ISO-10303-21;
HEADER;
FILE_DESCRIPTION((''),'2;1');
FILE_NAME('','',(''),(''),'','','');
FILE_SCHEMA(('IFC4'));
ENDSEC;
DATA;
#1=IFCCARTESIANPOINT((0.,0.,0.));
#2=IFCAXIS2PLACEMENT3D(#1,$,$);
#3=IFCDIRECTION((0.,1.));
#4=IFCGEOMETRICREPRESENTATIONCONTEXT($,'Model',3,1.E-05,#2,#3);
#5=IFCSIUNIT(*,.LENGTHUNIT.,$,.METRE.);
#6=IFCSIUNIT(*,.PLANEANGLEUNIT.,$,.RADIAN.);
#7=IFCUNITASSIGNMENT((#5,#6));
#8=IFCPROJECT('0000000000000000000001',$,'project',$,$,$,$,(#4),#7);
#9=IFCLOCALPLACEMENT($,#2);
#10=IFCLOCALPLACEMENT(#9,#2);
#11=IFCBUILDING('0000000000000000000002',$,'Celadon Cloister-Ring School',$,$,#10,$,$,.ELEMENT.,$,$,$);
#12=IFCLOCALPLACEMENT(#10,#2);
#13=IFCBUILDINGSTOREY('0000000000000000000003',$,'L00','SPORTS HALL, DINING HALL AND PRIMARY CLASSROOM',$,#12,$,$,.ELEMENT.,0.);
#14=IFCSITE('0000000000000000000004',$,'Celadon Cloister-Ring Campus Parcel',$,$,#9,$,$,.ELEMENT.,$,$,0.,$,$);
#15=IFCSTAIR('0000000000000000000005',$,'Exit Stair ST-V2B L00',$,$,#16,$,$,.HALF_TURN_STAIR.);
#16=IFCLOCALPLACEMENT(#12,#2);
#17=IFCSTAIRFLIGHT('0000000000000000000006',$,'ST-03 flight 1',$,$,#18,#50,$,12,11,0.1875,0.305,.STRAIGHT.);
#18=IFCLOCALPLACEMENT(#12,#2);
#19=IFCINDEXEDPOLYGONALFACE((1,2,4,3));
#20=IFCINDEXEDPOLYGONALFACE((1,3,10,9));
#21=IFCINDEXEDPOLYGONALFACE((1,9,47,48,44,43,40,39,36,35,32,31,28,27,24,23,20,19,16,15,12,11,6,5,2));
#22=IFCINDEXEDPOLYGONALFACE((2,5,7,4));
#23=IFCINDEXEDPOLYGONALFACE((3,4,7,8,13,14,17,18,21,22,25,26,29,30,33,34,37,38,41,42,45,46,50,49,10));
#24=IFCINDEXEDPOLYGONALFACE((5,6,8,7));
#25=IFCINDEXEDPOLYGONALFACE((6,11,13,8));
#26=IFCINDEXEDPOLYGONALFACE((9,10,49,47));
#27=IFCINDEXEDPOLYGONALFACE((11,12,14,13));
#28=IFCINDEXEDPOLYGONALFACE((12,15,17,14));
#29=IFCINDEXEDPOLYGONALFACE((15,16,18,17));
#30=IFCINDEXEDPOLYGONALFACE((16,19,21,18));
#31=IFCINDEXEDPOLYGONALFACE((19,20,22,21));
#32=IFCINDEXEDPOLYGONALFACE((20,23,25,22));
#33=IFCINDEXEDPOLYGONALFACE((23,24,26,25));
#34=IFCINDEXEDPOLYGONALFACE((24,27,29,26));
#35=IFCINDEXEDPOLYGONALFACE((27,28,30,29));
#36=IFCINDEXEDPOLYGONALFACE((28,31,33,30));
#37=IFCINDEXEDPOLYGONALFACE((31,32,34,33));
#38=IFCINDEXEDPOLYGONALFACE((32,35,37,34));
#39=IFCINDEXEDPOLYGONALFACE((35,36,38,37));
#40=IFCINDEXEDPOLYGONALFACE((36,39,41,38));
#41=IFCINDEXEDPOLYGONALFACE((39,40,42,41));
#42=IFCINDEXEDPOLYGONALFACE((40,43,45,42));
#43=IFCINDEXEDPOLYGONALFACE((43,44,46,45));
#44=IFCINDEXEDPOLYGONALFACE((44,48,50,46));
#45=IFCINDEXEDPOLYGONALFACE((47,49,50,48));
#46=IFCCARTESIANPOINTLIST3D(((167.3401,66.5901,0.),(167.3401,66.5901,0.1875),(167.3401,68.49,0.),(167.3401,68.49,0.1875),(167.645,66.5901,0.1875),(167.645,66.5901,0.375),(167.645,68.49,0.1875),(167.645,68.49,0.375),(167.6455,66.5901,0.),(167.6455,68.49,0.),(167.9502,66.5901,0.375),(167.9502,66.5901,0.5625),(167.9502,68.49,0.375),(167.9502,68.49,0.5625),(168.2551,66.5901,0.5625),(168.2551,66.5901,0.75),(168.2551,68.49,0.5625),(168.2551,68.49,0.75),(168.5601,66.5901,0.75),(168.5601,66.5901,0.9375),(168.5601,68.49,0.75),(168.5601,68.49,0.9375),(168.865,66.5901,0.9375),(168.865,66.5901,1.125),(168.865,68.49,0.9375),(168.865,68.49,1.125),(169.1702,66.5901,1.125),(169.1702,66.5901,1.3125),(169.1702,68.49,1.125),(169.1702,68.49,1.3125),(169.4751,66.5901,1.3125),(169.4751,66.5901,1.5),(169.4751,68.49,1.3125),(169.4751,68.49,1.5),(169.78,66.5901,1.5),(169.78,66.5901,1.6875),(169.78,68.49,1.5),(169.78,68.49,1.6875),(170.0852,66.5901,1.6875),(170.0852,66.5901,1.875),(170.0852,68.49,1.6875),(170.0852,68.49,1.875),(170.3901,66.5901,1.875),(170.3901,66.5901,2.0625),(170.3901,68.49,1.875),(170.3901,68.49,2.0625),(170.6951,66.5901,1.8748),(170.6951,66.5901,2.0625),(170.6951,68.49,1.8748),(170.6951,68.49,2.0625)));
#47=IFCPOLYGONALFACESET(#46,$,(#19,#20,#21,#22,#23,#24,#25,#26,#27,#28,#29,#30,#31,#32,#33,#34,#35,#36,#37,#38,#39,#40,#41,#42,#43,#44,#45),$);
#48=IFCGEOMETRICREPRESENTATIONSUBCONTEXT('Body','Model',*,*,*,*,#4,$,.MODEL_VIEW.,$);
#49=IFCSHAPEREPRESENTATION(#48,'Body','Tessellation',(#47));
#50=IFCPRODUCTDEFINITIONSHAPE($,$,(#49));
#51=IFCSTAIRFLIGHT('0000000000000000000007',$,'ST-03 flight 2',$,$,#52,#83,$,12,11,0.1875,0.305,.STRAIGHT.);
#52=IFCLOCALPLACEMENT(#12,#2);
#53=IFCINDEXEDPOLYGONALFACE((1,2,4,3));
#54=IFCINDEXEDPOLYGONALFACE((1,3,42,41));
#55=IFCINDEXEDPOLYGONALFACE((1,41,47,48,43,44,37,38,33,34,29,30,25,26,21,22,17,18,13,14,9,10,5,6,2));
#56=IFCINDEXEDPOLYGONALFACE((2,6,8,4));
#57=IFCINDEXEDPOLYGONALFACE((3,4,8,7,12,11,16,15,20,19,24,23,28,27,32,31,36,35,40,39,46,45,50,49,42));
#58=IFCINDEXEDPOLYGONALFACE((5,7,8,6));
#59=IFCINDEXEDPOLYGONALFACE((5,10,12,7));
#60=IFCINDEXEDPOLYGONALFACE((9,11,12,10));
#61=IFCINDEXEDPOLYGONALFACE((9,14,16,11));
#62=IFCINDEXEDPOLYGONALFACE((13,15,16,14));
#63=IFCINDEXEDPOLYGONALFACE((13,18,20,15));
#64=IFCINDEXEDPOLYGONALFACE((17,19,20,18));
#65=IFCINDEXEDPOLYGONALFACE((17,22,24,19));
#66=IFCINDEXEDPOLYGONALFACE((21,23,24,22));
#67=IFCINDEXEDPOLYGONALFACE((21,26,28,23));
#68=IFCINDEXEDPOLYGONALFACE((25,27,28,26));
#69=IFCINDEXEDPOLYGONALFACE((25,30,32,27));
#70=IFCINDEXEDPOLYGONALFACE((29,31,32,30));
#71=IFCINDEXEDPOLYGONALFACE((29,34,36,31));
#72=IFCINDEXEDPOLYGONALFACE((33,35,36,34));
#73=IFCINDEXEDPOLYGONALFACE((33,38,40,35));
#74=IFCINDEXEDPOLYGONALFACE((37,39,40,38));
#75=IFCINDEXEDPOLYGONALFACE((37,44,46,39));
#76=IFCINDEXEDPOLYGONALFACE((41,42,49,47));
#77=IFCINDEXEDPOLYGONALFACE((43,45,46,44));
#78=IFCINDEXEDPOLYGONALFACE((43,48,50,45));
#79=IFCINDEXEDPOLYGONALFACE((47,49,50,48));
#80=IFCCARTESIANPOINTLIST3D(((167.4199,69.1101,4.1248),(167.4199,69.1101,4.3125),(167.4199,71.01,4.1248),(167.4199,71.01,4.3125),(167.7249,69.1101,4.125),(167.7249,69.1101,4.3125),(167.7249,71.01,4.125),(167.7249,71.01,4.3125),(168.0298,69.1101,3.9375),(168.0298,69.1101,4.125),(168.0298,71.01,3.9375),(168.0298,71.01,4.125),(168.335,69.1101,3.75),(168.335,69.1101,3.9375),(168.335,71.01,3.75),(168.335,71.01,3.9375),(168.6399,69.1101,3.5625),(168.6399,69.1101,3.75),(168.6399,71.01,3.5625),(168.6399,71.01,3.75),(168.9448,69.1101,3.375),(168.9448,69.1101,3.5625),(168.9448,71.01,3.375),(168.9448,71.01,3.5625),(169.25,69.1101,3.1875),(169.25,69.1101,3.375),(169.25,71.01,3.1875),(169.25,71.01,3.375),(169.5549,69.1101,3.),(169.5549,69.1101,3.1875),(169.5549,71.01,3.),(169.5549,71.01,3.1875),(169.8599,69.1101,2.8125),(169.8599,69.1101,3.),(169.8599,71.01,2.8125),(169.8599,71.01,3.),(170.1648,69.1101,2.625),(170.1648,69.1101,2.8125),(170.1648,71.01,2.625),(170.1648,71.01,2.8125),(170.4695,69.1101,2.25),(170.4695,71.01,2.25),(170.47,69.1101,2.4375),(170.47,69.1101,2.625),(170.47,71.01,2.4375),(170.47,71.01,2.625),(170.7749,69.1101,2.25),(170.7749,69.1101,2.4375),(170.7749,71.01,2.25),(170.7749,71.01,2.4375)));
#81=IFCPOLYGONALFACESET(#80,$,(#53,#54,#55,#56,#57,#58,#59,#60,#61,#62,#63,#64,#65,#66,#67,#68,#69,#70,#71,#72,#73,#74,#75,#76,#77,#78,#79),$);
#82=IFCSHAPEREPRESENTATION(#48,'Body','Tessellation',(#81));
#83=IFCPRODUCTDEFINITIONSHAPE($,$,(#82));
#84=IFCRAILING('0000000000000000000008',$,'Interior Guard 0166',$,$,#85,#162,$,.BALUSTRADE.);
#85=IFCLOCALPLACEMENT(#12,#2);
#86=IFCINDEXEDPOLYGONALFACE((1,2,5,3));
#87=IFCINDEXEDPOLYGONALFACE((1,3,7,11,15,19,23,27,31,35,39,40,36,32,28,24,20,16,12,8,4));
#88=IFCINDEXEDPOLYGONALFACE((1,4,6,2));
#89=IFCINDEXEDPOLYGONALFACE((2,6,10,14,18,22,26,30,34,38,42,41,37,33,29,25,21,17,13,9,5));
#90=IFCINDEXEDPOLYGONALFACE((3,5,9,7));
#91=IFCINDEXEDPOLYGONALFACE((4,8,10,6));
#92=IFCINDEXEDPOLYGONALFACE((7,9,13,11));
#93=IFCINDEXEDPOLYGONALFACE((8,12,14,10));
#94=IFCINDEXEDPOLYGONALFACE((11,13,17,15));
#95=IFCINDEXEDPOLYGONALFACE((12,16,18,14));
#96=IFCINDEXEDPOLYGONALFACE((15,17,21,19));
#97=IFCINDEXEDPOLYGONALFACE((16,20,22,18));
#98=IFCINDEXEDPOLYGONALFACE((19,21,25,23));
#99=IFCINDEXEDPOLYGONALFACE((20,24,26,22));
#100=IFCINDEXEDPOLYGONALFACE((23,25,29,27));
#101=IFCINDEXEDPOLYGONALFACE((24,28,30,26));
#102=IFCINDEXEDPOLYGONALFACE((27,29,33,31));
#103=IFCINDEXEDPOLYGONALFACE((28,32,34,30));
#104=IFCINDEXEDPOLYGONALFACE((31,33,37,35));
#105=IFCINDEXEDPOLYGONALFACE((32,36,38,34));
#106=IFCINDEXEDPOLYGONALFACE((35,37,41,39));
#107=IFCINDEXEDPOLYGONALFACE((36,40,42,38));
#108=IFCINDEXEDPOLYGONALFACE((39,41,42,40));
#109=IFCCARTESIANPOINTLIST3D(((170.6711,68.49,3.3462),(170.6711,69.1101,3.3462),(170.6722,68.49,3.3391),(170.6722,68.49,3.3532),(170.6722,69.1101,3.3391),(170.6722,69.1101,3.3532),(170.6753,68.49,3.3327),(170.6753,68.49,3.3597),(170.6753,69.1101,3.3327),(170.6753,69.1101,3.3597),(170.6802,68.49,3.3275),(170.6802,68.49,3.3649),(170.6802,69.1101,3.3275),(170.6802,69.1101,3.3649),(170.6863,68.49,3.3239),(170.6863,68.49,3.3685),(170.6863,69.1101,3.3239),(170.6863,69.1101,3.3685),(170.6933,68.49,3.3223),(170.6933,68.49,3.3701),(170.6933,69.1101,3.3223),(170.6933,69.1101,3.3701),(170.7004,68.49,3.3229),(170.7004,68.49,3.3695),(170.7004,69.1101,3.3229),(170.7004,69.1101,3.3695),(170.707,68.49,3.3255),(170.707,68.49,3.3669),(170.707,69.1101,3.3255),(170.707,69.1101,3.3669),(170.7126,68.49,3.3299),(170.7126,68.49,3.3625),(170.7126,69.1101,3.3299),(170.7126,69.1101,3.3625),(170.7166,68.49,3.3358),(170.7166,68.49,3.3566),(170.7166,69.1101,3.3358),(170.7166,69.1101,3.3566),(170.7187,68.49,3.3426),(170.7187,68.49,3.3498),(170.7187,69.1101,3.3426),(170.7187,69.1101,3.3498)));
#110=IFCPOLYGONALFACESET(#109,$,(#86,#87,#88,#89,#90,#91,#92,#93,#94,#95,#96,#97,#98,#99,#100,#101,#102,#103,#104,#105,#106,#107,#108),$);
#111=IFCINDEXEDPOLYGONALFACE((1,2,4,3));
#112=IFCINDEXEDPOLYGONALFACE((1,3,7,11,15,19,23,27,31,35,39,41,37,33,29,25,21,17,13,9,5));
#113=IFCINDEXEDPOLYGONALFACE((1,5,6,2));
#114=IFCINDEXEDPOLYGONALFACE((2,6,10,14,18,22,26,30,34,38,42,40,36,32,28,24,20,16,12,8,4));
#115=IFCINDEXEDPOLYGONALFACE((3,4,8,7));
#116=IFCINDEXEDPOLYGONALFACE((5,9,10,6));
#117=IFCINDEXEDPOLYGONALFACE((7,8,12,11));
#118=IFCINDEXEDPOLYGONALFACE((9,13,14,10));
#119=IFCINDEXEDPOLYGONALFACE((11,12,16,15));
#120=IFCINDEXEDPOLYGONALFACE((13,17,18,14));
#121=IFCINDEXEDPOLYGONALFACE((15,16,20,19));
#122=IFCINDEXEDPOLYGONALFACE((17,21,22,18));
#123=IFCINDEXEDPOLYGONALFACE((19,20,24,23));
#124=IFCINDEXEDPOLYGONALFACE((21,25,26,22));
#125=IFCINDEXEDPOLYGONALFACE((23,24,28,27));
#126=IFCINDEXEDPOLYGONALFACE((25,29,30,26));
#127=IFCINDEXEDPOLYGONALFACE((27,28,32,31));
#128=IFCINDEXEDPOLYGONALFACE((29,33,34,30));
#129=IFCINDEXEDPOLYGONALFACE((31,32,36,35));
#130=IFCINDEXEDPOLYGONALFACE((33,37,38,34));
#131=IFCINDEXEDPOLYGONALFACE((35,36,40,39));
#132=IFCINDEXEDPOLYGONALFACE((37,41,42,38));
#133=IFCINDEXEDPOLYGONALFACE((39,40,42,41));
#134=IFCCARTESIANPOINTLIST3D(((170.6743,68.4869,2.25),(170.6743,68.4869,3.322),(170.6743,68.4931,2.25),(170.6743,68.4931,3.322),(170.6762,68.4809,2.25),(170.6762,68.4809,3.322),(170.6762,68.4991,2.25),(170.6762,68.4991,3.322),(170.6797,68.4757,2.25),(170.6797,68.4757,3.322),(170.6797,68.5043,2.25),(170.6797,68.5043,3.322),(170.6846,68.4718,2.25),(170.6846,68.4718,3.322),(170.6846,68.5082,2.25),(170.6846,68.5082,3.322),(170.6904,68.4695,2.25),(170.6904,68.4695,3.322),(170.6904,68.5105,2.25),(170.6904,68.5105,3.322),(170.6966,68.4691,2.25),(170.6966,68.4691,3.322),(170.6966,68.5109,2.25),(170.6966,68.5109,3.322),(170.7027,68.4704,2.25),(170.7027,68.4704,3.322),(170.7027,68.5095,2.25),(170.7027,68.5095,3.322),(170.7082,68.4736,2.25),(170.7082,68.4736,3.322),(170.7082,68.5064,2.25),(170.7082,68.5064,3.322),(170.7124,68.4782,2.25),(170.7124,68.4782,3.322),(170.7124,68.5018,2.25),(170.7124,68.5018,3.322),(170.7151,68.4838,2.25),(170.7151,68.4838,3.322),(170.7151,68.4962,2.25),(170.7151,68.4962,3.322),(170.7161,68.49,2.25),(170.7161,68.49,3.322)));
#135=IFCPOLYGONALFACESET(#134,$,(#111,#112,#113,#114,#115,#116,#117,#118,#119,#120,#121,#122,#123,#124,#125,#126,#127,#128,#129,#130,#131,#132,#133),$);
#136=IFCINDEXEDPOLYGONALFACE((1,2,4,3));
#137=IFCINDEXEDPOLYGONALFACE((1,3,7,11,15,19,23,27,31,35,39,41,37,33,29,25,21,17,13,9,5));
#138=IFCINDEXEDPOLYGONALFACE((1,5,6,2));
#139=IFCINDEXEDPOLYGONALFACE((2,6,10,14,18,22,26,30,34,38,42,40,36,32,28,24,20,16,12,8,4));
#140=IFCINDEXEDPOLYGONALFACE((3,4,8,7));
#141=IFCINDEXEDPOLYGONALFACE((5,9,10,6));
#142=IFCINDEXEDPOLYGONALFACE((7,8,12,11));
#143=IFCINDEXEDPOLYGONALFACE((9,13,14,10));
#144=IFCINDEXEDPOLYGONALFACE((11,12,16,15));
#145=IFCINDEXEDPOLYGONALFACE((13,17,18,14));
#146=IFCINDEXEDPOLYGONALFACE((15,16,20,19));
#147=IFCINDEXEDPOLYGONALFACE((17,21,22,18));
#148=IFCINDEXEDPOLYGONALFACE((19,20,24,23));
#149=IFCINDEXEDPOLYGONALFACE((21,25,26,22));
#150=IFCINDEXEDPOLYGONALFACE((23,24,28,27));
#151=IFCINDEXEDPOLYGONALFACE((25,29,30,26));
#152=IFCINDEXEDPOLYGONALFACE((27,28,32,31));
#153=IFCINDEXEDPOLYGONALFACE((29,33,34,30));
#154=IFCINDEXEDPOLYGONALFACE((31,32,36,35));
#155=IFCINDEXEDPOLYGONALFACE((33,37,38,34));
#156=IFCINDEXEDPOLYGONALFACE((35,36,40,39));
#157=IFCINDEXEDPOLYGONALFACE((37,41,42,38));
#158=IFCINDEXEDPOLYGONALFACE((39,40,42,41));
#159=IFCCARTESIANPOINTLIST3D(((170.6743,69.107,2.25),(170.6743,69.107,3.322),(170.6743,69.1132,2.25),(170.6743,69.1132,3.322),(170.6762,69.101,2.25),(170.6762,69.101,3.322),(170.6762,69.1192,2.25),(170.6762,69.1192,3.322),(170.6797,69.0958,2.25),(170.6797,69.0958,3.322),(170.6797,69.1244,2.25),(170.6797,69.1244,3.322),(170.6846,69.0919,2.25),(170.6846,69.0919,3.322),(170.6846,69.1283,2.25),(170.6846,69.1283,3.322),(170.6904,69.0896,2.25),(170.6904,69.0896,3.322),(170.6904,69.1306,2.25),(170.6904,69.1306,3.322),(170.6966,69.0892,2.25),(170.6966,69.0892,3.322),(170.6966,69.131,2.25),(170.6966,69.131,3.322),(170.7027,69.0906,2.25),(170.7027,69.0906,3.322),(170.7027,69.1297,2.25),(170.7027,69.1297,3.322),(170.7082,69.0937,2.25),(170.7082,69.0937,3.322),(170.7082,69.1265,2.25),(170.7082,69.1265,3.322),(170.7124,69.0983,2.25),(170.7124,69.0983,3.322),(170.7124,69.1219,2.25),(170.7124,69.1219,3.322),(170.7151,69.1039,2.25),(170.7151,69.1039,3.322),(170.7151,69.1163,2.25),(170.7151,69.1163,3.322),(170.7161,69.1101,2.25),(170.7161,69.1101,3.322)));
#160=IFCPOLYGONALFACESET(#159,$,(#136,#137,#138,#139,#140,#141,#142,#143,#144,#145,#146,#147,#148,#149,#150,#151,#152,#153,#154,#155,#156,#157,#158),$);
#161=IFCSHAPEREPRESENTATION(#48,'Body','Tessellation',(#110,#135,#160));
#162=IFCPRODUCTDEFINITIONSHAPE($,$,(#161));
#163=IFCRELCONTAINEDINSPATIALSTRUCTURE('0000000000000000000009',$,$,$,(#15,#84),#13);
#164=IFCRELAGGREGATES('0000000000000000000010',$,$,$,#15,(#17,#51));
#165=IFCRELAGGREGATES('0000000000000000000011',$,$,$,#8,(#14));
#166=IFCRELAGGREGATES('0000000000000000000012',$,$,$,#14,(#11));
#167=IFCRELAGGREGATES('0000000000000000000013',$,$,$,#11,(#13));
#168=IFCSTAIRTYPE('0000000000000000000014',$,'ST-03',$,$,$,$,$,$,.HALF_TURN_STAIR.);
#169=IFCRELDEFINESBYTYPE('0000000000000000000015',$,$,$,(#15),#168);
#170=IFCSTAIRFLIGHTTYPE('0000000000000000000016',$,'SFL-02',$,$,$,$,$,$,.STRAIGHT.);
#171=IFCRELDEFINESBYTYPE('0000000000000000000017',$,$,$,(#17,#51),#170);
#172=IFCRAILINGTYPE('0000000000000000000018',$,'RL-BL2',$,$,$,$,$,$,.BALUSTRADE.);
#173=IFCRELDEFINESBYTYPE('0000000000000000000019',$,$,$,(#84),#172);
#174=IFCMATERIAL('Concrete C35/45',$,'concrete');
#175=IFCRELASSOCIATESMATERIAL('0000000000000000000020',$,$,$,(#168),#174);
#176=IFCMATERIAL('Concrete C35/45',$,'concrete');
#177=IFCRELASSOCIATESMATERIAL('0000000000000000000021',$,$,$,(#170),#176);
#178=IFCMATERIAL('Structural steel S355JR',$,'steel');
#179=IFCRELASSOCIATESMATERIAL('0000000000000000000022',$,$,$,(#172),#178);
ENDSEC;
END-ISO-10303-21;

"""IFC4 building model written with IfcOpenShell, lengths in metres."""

from ifc_helpers import new_model, si_unit, direction, frame, origin, origin_2d, place, context, subcontext, project, spatial, polyline, circle, outline, extrude, material, type_object, element, aggregate, save


model = new_model("IFC4")

# Units and contexts
model_context = context("Model", 3, precision=1e-05, world=origin(), true_north=direction((0.0, 1.0)))
body_context = subcontext(model_context, "Body", "Model", "MODEL_VIEW")
ifc_project = project(units=[si_unit("LENGTHUNIT", "METRE"), si_unit("PLANEANGLEUNIT", "RADIAN")], contexts=[model_context])

# Site, building, storey
site_placement = place(None, origin())
site = spatial("IfcSite", under=ifc_project, at=site_placement, Name="Celadon Cloister-Ring Campus Parcel", CompositionType="ELEMENT", RefElevation=0.0)
building_placement = place(site_placement, origin())
building = spatial("IfcBuilding", under=site, at=building_placement, Name="Celadon Cloister-Ring School", CompositionType="ELEMENT")
storey_placement = place(building_placement, origin())
storey = spatial("IfcBuildingStorey", under=building, at=storey_placement, Name="L00", Description="SPORTS HALL, DINING HALL AND PRIMARY CLASSROOM", CompositionType="ELEMENT", Elevation=0.0)

# Stair, stair flights
ifc_material_1 = material(Name="Concrete C35/45", Category="concrete")
stair_type = type_object("IfcStairType", Name="ST-03", PredefinedType="HALF_TURN_STAIR", material=ifc_material_1)
stair_placement = place(storey_placement, origin())
stair = element("IfcStair", 1, at=stair_placement, inside=storey, type_object=stair_type, Name="Exit Stair ST-V2B L00", PredefinedType="HALF_TURN_STAIR")
ifc_material_2 = material(Name="Concrete C35/45", Category="concrete")
stair_flight_type = type_object("IfcStairFlightType", Name="SFL-02", PredefinedType="STRAIGHT", material=ifc_material_2)
stair_flight_1_placement = place(storey_placement, frame((167.3401, 67.54, 0.0), z_axis=(0.0, 0.0, 1.0), x_axis=(1.0, 0.0, 0.0)))
stair_flight_1 = element("IfcStairFlight", 2, at=stair_flight_1_placement, type_object=stair_flight_type, Name="ST-03 flight 1", NumberOfRisers=12, NumberOfTreads=11, PredefinedType="STRAIGHT", RiserHeight=0.1875, TreadLength=0.305, context=body_context, shape_type="SweptSolid", body=[
    extrude(outline(polyline([(0.0, 0.0), (0.0, 0.1875), (0.3049, 0.1875), (0.3049, 0.375), (0.6101, 0.375), (0.6101, 0.5625), (0.915, 0.5625), (0.915, 0.75), (1.22, 0.75), (1.22, 0.9375), (1.5249, 0.9375), (1.5249, 1.125), (1.8301, 1.125), (1.8301, 1.3125), (2.135, 1.3125), (2.135, 1.5), (2.4399, 1.5), (2.4399, 1.6875), (2.7451, 1.6875), (2.7451, 1.875), (3.05, 1.875), (3.05, 2.0625), (3.355, 2.0625), (3.355, 2.25), (3.355, 1.8748), (0.3054, 0.0), (0.0, 0.0)])), frame((0.0, 0.95, 0.0), z_axis=(0.0, -1.0, 0.0), x_axis=(1.0, 0.0, 0.0)), (0.0, 0.0, 1.0), 1.8999),
])
stair_flight_2_placement = place(storey_placement, frame((170.7749, 70.0601, 2.25), z_axis=(0.0, 0.0, 1.0), x_axis=(-1.0, 0.0, 0.0)))
stair_flight_2 = element("IfcStairFlight", 3, at=stair_flight_2_placement, type_object=stair_flight_type, Name="ST-03 flight 2", NumberOfRisers=12, NumberOfTreads=11, PredefinedType="STRAIGHT", RiserHeight=0.1875, TreadLength=0.305, context=body_context, shape_type="SweptSolid", body=[
    extrude(outline(polyline([(0.0, 0.0), (0.0, 0.1875), (0.3049, 0.1875), (0.3049, 0.375), (0.6101, 0.375), (0.6101, 0.5625), (0.915, 0.5625), (0.915, 0.75), (1.22, 0.75), (1.22, 0.9375), (1.5249, 0.9375), (1.5249, 1.125), (1.8301, 1.125), (1.8301, 1.3125), (2.135, 1.3125), (2.135, 1.5), (2.4399, 1.5), (2.4399, 1.6875), (2.7451, 1.6875), (2.7451, 1.875), (3.05, 1.875), (3.05, 2.0625), (3.355, 2.0625), (3.355, 2.25), (3.355, 1.8748), (0.3054, 0.0), (0.0, 0.0)])), frame((0.0, 0.95, 0.0), z_axis=(0.0, -1.0, 0.0), x_axis=(1.0, 0.0, 0.0)), (0.0, 0.0, 1.0), 1.8999),
])
aggregate(stair, [stair_flight_1, stair_flight_2])

# Railing
ifc_material_3 = material(Name="Structural steel S355JR", Category="steel")
railing_type_1 = type_object("IfcRailingType", Name="RL-BL2", PredefinedType="BALUSTRADE", material=ifc_material_3)
railing_placement = place(storey_placement, frame((170.6951, 68.49, 2.25)))
element("IfcRailing", 4, at=railing_placement, inside=storey, type_object=railing_type_1, Name="Interior Guard 0166", PredefinedType="BALUSTRADE", context=body_context, shape_type="SweptSolid", body=[
    extrude(circle(Radius=0.0239, at=origin_2d()), frame((0.0, 0.0, 1.0962), z_axis=(0.0, 1.0, 0.0), x_axis=(-1.0, 0.0, 0.0)), (0.0, 0.0, 1.0), 0.6201),
    extrude(circle(Radius=0.021, at=origin_2d()), origin(), (0.0, 0.0, 1.0), 1.072),
    extrude(circle(Radius=0.021, at=origin_2d()), frame((0.0, 0.6201, 0.0)), (0.0, 0.0, 1.0), 1.072),
])

save(model, "model.ifc")
